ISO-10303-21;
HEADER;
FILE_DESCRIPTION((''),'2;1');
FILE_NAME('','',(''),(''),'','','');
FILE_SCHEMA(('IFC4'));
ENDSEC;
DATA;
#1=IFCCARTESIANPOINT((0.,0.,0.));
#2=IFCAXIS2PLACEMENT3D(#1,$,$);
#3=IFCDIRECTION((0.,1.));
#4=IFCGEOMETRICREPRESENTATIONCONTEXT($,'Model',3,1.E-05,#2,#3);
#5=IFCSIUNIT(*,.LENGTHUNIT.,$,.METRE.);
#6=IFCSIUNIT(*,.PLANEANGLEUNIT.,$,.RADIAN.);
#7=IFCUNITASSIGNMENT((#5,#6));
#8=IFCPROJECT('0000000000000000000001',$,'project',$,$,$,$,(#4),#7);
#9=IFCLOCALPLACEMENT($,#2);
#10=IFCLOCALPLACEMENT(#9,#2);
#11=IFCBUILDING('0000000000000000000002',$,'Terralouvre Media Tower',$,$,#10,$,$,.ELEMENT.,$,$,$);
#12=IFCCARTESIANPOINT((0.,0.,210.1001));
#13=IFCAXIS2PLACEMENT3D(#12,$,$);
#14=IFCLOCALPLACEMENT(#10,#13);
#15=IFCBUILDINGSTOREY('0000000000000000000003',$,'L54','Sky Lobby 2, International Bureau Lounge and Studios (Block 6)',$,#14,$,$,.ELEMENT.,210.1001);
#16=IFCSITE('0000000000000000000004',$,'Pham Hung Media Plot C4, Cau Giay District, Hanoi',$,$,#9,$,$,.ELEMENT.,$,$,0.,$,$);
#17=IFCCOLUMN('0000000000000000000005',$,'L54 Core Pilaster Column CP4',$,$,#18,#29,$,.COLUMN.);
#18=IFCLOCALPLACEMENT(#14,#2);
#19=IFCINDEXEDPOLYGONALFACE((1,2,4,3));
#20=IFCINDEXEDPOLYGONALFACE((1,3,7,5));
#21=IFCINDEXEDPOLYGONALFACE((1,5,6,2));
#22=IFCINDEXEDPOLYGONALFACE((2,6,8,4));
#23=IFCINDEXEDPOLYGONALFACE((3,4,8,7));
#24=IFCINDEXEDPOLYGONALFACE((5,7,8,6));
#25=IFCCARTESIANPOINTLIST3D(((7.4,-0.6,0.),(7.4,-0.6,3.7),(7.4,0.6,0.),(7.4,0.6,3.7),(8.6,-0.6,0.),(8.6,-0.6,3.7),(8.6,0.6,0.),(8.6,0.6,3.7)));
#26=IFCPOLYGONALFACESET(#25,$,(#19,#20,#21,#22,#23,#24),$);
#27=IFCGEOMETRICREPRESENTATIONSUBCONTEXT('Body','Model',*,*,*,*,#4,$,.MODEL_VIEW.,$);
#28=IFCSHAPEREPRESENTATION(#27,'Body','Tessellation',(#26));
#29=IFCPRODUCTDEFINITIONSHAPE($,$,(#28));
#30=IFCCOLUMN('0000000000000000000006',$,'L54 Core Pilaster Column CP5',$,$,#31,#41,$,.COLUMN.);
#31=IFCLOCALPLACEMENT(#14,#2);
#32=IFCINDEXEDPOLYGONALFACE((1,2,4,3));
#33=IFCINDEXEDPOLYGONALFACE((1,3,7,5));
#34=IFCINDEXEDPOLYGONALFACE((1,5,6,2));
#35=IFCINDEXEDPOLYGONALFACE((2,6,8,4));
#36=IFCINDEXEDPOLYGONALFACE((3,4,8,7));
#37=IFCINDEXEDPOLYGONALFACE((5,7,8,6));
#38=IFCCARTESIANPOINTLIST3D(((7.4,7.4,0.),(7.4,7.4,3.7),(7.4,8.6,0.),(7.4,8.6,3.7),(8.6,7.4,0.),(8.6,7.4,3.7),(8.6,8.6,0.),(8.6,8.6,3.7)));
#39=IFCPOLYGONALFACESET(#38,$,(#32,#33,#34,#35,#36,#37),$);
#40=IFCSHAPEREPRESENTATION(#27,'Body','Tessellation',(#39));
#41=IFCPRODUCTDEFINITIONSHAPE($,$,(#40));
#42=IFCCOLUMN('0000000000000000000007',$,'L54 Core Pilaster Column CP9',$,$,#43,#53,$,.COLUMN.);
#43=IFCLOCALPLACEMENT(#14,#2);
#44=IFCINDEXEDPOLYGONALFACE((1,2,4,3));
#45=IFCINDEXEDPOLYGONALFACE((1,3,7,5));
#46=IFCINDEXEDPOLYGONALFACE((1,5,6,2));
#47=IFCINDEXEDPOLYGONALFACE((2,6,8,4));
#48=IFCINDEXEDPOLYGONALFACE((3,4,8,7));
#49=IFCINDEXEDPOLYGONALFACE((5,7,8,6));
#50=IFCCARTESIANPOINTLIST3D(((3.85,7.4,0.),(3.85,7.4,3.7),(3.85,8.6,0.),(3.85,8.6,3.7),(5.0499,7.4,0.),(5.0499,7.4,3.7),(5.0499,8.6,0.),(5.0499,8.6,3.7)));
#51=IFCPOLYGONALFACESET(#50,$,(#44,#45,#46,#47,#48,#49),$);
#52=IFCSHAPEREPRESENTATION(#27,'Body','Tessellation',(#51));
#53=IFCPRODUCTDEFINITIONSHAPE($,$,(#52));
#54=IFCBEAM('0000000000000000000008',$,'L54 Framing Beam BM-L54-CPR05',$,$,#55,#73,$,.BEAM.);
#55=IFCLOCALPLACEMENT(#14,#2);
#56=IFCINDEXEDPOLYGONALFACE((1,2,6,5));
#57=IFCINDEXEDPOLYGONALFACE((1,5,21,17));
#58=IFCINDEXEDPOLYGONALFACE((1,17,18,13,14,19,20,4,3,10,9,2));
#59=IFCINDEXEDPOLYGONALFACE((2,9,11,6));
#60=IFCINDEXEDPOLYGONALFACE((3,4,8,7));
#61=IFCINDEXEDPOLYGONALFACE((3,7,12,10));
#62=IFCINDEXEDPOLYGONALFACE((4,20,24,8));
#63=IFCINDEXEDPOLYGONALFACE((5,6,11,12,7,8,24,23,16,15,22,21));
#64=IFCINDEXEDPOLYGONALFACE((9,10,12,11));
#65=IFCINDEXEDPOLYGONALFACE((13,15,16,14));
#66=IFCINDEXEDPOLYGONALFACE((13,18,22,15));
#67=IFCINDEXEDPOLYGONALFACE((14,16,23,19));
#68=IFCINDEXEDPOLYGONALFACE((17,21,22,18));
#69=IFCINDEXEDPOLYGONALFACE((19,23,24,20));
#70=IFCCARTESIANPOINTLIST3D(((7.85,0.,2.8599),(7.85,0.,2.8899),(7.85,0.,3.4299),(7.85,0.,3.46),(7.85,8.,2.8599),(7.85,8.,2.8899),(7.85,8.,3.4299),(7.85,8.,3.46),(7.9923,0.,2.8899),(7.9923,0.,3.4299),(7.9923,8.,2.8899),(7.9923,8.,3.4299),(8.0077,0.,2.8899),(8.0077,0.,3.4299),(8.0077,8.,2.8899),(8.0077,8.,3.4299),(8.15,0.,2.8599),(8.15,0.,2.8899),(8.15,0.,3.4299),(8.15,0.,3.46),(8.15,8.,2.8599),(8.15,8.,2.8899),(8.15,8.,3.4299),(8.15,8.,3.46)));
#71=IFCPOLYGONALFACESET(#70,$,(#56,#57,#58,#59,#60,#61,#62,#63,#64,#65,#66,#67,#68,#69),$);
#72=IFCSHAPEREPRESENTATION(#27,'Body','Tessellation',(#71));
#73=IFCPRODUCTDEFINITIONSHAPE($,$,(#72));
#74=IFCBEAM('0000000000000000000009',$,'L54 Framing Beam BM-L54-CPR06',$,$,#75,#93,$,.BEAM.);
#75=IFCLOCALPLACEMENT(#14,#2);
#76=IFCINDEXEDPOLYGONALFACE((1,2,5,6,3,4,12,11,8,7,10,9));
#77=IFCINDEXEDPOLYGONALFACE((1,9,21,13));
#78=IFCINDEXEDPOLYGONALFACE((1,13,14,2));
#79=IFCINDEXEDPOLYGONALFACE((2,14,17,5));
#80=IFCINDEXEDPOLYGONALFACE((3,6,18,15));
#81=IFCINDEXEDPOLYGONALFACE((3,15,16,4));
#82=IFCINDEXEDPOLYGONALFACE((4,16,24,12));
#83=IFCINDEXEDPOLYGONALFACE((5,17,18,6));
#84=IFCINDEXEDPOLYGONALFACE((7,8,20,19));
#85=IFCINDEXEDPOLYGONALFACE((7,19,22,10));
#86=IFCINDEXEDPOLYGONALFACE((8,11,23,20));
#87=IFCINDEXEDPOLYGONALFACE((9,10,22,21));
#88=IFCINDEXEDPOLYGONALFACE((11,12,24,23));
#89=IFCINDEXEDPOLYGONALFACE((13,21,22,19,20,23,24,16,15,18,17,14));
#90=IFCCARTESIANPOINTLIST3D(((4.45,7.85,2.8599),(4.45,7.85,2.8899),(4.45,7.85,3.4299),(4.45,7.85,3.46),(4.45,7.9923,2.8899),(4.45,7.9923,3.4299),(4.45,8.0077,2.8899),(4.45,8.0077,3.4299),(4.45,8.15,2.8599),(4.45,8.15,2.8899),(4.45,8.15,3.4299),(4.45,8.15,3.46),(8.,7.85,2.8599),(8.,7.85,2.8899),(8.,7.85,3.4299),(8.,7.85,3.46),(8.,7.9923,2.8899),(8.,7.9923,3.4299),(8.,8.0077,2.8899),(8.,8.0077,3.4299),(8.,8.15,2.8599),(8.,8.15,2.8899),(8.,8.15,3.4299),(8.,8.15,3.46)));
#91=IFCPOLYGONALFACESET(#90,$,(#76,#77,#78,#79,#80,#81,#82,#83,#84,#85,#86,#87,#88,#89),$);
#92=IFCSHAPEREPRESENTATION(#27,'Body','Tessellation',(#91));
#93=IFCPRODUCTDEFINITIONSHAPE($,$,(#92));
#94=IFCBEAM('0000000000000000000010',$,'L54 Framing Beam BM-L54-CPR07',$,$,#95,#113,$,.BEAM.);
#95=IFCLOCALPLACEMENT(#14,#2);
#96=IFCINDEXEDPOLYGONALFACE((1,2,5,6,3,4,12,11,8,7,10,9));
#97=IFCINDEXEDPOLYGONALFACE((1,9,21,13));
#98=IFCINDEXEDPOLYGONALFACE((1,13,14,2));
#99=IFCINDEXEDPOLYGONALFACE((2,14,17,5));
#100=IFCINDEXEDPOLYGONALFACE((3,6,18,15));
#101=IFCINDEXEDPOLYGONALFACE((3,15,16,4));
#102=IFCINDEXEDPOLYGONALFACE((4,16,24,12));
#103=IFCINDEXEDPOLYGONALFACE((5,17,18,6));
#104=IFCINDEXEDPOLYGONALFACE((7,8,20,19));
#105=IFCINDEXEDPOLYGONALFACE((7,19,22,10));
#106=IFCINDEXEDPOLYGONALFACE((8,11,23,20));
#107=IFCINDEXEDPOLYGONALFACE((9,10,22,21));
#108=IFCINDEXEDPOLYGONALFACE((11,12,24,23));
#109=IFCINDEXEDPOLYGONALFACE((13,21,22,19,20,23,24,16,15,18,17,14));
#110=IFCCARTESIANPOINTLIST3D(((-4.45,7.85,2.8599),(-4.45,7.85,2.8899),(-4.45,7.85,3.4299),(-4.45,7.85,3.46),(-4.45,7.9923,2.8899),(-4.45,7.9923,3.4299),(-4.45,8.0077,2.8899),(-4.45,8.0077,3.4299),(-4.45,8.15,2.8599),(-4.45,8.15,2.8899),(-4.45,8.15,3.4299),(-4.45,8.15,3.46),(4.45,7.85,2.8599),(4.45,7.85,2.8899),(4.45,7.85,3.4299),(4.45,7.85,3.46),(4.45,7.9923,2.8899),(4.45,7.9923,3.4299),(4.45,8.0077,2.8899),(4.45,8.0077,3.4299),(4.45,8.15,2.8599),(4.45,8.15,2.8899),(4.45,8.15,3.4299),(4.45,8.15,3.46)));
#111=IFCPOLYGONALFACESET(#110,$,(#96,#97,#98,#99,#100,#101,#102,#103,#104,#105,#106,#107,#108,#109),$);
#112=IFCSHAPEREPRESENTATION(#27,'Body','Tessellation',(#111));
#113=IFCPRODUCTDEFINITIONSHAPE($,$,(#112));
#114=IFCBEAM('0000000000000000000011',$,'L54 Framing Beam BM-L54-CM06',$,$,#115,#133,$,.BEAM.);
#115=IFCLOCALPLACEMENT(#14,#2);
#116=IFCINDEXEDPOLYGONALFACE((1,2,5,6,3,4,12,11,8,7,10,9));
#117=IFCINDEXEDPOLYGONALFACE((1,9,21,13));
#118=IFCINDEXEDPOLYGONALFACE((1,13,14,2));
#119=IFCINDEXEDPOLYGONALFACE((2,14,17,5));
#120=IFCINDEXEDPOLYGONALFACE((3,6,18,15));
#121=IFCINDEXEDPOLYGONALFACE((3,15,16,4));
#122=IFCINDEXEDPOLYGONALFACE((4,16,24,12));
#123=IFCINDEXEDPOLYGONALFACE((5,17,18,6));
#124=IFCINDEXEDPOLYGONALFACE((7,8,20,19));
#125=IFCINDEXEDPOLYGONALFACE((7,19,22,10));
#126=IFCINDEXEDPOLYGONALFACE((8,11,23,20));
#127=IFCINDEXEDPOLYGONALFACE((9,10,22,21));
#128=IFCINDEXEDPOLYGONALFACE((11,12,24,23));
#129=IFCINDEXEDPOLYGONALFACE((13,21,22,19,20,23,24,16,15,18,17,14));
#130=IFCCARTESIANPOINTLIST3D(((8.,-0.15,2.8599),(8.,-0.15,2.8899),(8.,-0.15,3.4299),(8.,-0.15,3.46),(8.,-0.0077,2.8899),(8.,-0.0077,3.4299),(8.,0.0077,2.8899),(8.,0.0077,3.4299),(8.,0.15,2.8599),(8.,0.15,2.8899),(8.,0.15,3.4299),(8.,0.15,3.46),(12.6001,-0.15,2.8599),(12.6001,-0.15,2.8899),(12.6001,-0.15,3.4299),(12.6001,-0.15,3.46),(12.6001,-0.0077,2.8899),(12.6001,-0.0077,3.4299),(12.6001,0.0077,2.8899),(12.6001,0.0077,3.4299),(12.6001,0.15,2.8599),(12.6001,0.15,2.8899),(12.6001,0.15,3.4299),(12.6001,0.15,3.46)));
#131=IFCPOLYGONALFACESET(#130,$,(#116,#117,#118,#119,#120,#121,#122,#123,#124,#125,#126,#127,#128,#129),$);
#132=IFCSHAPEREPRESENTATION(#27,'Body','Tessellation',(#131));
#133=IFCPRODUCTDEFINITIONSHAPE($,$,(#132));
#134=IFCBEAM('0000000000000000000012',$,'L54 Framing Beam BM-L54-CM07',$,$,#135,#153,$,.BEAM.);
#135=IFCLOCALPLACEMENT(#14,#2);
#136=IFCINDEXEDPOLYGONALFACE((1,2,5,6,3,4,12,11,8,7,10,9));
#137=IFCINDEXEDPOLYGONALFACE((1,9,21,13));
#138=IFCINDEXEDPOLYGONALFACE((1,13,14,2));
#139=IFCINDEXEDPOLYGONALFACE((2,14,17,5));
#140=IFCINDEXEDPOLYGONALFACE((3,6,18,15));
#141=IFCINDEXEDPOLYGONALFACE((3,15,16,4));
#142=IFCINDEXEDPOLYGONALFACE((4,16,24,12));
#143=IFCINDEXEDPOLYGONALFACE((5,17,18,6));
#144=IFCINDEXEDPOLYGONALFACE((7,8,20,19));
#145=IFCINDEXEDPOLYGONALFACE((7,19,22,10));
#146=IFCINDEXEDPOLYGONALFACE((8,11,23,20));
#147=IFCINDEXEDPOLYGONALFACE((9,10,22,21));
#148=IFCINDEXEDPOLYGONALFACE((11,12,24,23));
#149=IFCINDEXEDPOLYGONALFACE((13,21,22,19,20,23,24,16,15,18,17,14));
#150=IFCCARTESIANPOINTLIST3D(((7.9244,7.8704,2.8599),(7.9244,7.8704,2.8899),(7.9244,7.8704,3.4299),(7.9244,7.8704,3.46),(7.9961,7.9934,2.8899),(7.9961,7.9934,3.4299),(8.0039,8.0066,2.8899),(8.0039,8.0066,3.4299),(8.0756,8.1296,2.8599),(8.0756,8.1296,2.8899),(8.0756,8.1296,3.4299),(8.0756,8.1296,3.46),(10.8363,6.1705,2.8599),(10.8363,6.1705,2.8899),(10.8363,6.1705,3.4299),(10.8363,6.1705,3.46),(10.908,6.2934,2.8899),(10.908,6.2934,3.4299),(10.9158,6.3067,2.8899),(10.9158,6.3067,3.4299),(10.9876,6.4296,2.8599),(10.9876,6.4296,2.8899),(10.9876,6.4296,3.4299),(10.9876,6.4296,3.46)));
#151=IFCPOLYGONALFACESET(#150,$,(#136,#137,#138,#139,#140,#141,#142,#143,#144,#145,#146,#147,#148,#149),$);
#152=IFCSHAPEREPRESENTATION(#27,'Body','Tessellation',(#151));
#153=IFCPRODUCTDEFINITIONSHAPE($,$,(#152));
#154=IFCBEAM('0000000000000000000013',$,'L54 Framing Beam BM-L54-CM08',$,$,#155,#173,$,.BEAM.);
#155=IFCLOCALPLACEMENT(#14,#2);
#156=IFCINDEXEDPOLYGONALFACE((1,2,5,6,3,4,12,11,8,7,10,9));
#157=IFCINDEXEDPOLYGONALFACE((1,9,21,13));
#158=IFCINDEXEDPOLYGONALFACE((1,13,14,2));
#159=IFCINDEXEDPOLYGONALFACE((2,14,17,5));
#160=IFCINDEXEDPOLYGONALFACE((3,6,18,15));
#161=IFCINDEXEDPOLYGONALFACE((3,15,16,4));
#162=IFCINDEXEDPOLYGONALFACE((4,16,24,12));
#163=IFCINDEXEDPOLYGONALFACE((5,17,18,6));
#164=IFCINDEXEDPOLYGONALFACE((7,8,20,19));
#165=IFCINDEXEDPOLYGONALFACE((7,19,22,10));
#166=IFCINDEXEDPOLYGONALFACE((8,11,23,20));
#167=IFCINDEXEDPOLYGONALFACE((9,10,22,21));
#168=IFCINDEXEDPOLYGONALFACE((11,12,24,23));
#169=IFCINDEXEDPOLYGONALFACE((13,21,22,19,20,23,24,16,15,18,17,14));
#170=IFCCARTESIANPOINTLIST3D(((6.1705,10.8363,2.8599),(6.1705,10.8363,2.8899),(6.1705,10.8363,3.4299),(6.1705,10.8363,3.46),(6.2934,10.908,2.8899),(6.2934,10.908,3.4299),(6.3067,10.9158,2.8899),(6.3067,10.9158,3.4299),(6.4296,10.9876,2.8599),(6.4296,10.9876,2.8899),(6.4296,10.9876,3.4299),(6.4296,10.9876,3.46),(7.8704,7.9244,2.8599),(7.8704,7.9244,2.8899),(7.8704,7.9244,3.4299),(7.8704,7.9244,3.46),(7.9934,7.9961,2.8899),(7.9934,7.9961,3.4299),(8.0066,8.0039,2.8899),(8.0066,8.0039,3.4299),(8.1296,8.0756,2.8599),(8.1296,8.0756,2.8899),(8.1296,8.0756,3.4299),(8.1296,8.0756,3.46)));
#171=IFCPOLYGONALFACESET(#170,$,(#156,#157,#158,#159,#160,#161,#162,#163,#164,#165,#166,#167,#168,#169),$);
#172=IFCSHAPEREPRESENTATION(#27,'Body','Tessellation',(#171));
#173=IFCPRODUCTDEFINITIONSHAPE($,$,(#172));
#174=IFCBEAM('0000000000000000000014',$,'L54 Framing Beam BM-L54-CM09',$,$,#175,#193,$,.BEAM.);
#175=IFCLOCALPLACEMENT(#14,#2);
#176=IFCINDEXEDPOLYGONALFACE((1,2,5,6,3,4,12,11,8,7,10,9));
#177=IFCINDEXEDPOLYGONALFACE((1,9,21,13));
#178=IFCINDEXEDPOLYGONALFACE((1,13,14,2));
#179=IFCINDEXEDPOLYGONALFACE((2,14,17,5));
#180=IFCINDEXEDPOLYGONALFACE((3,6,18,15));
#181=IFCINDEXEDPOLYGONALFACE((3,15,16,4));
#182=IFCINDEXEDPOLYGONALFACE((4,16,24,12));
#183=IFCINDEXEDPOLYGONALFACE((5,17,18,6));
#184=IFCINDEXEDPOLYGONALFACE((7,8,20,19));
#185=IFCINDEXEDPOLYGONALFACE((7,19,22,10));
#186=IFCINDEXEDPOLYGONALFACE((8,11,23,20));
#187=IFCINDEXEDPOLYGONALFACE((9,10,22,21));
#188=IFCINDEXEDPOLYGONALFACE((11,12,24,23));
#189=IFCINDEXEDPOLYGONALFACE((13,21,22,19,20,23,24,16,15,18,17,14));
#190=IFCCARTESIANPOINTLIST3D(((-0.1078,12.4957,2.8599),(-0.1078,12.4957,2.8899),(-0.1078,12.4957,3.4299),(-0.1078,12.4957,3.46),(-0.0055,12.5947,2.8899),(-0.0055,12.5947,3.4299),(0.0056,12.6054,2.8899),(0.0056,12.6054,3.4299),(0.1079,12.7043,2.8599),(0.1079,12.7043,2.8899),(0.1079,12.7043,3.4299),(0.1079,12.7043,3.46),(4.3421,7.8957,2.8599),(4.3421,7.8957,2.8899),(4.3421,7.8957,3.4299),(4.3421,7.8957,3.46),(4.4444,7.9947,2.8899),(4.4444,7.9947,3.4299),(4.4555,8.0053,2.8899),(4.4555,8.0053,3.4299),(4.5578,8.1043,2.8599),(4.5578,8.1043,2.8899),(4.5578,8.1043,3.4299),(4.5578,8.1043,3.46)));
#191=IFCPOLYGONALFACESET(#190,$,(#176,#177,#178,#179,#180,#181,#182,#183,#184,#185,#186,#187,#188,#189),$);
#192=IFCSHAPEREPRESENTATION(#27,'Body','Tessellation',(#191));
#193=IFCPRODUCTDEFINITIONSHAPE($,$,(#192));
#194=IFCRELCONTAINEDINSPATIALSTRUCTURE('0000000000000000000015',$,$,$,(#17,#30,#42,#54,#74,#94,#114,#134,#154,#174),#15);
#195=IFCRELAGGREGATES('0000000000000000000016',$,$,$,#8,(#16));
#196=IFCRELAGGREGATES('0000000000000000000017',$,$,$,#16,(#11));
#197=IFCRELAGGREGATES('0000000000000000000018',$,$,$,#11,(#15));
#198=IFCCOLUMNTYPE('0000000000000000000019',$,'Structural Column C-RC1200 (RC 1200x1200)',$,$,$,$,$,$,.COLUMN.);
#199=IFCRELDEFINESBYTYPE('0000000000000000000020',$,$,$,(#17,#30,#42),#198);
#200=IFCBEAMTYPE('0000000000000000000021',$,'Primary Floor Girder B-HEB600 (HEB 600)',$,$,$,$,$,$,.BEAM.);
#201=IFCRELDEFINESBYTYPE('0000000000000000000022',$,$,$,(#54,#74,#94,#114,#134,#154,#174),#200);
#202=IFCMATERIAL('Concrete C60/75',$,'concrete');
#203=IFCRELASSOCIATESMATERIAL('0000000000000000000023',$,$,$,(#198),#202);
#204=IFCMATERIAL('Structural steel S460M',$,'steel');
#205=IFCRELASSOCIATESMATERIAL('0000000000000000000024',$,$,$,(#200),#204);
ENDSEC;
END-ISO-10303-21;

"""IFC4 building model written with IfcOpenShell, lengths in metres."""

from ifc_helpers import new_model, si_unit, direction, frame, origin, origin_2d, place, context, subcontext, project, spatial, rectangle, i_section, extrude, material, material_profile, profile_set, type_object, element, save


model = new_model("IFC4")

# Units and contexts
model_context = context("Model", 3, precision=1e-05, world=origin(), true_north=direction((0.0, 1.0)))
body_context = subcontext(model_context, "Body", "Model", "MODEL_VIEW")
ifc_project = project(units=[si_unit("LENGTHUNIT", "METRE"), si_unit("PLANEANGLEUNIT", "RADIAN")], contexts=[model_context])

# Site, building, storey
site_placement = place(None, origin())
site = spatial("IfcSite", under=ifc_project, at=site_placement, Name="Pham Hung Media Plot C4, Cau Giay District, Hanoi", CompositionType="ELEMENT", RefElevation=0.0)
building_placement = place(site_placement, origin())
building = spatial("IfcBuilding", under=site, at=building_placement, Name="Terralouvre Media Tower", CompositionType="ELEMENT")
storey_placement = place(building_placement, frame((0.0, 0.0, 210.1001)))
storey = spatial("IfcBuildingStorey", under=building, at=storey_placement, Name="L54", Description="Sky Lobby 2, International Bureau Lounge and Studios (Block 6)", CompositionType="ELEMENT", Elevation=210.1001)

# Columns
ifc_material_1 = material(Name="Concrete C60/75", Category="concrete")
ifc_material_profile_1 = material_profile(ifc_material_1, rectangle(XDim=1.2, YDim=1.2, at=origin_2d()), Name="RC 1200x1200")
ifc_profile_set_1 = profile_set([ifc_material_profile_1], Name="Concrete C60/75")
column_type = type_object("IfcColumnType", Name="Structural Column C-RC1200 (RC 1200x1200)", PredefinedType="COLUMN", material=ifc_profile_set_1)
for number, where, z_axis, x_axis, name in (
    (1, (8.0, 0.0, 0.0), (0.0, 0.0, 1.0), (1.0, 0.0, 0.0), "L54 Core Pilaster Column CP4"),
    (2, (8.0, 8.0, 0.0), (0.0, 0.0, 1.0), (1.0, 0.0, 0.0), "L54 Core Pilaster Column CP5"),
    (3, (4.45, 8.0, 0.0), (0.0, 0.0, 1.0), (1.0, 0.0, 0.0), "L54 Core Pilaster Column CP9"),
):
    element("IfcColumn", number, at=place(storey_placement, frame(where, z_axis=z_axis, x_axis=x_axis)), inside=storey, type_object=column_type, Name=name, PredefinedType="COLUMN", context=body_context, shape_type="SweptSolid", body=[
        extrude(rectangle(XDim=1.2, YDim=1.2, at=origin_2d()), origin(), (0.0, 0.0, 1.0), 3.7),
    ])

# Beams
ifc_material_2 = material(Name="Structural steel S460M", Category="steel")
ifc_material_profile_2 = material_profile(ifc_material_2, i_section(OverallWidth=0.3, OverallDepth=0.6001, WebThickness=0.0154, FlangeThickness=0.03, at=origin_2d()), Name="HEB 600")
ifc_profile_set_2 = profile_set([ifc_material_profile_2], Name="Structural steel S460M")
beam_type = type_object("IfcBeamType", Name="Primary Floor Girder B-HEB600 (HEB 600)", PredefinedType="BEAM", material=ifc_profile_set_2)
beam_1_placement = place(storey_placement, frame((8.0, 0.0, 3.1599), z_axis=(0.0, 1.0, 0.0), x_axis=(-1.0, 0.0, 0.0)))
element("IfcBeam", 4, at=beam_1_placement, inside=storey, type_object=beam_type, Name="L54 Framing Beam BM-L54-CPR05", PredefinedType="BEAM", context=body_context, shape_type="SweptSolid", body=[
    extrude(i_section(OverallWidth=0.3, OverallDepth=0.6001, WebThickness=0.0154, FlangeThickness=0.03, at=origin_2d()), origin(), (0.0, 0.0, 1.0), 8.0),
])
beam_2_placement = place(storey_placement, frame((8.0, 8.0, 3.1599), z_axis=(-1.0, 0.0, 0.0), x_axis=(0.0, -1.0, 0.0)))
element("IfcBeam", 5, at=beam_2_placement, inside=storey, type_object=beam_type, Name="L54 Framing Beam BM-L54-CPR06", PredefinedType="BEAM", context=body_context, shape_type="SweptSolid", body=[
    extrude(i_section(OverallWidth=0.3, OverallDepth=0.6001, WebThickness=0.0154, FlangeThickness=0.03, at=origin_2d()), origin(), (0.0, 0.0, 1.0), 3.55),
])
beam_3_placement = place(storey_placement, frame((4.45, 8.0, 3.1599), z_axis=(-1.0, 0.0, 0.0), x_axis=(0.0, -1.0, 0.0)))
element("IfcBeam", 6, at=beam_3_placement, inside=storey, type_object=beam_type, Name="L54 Framing Beam BM-L54-CPR07", PredefinedType="BEAM", context=body_context, shape_type="SweptSolid", body=[
    extrude(i_section(OverallWidth=0.3, OverallDepth=0.6001, WebThickness=0.0154, FlangeThickness=0.03, at=origin_2d()), origin(), (0.0, 0.0, 1.0), 8.8999),
])
beam_4_placement = place(storey_placement, frame((8.0, 0.0, 3.1599), z_axis=(1.0, 0.0, 0.0), x_axis=(0.0, 1.0, 0.0)))
element("IfcBeam", 7, at=beam_4_placement, inside=storey, type_object=beam_type, Name="L54 Framing Beam BM-L54-CM06", PredefinedType="BEAM", context=body_context, shape_type="SweptSolid", body=[
    extrude(i_section(OverallWidth=0.3, OverallDepth=0.6001, WebThickness=0.0154, FlangeThickness=0.03, at=origin_2d()), origin(), (0.0, 0.0, 1.0), 4.6001),
])
for number, where, z_axis, x_axis, name in (
    (8, (8.0, 8.0, 3.1599), (0.863603, -0.504173, 0.0), (0.504173, 0.863603, 0.0), "L54 Framing Beam BM-L54-CM07"),
    (9, (8.0, 8.0, 3.1599), (-0.504173, 0.863603, 0.0), (-0.863603, -0.504173, 0.0), "L54 Framing Beam BM-L54-CM08"),
):
    element("IfcBeam", number, at=place(storey_placement, frame(where, z_axis=z_axis, x_axis=x_axis)), inside=storey, type_object=beam_type, Name=name, PredefinedType="BEAM", context=body_context, shape_type="SweptSolid", body=[
        extrude(i_section(OverallWidth=0.3, OverallDepth=0.6001, WebThickness=0.0154, FlangeThickness=0.03, at=origin_2d()), origin(), (0.0, 0.0, 1.0), 3.3718),
    ])
beam_5_placement = place(storey_placement, frame((4.45, 8.0, 3.1599), z_axis=(-0.69528, 0.718739, 0.0), x_axis=(-0.718739, -0.69528, 0.0)))
element("IfcBeam", 10, at=beam_5_placement, inside=storey, type_object=beam_type, Name="L54 Framing Beam BM-L54-CM09", PredefinedType="BEAM", context=body_context, shape_type="SweptSolid", body=[
    extrude(i_section(OverallWidth=0.3, OverallDepth=0.6001, WebThickness=0.0154, FlangeThickness=0.03, at=origin_2d()), origin(), (0.0, 0.0, 1.0), 6.4001),
])

save(model, "model.ifc")
